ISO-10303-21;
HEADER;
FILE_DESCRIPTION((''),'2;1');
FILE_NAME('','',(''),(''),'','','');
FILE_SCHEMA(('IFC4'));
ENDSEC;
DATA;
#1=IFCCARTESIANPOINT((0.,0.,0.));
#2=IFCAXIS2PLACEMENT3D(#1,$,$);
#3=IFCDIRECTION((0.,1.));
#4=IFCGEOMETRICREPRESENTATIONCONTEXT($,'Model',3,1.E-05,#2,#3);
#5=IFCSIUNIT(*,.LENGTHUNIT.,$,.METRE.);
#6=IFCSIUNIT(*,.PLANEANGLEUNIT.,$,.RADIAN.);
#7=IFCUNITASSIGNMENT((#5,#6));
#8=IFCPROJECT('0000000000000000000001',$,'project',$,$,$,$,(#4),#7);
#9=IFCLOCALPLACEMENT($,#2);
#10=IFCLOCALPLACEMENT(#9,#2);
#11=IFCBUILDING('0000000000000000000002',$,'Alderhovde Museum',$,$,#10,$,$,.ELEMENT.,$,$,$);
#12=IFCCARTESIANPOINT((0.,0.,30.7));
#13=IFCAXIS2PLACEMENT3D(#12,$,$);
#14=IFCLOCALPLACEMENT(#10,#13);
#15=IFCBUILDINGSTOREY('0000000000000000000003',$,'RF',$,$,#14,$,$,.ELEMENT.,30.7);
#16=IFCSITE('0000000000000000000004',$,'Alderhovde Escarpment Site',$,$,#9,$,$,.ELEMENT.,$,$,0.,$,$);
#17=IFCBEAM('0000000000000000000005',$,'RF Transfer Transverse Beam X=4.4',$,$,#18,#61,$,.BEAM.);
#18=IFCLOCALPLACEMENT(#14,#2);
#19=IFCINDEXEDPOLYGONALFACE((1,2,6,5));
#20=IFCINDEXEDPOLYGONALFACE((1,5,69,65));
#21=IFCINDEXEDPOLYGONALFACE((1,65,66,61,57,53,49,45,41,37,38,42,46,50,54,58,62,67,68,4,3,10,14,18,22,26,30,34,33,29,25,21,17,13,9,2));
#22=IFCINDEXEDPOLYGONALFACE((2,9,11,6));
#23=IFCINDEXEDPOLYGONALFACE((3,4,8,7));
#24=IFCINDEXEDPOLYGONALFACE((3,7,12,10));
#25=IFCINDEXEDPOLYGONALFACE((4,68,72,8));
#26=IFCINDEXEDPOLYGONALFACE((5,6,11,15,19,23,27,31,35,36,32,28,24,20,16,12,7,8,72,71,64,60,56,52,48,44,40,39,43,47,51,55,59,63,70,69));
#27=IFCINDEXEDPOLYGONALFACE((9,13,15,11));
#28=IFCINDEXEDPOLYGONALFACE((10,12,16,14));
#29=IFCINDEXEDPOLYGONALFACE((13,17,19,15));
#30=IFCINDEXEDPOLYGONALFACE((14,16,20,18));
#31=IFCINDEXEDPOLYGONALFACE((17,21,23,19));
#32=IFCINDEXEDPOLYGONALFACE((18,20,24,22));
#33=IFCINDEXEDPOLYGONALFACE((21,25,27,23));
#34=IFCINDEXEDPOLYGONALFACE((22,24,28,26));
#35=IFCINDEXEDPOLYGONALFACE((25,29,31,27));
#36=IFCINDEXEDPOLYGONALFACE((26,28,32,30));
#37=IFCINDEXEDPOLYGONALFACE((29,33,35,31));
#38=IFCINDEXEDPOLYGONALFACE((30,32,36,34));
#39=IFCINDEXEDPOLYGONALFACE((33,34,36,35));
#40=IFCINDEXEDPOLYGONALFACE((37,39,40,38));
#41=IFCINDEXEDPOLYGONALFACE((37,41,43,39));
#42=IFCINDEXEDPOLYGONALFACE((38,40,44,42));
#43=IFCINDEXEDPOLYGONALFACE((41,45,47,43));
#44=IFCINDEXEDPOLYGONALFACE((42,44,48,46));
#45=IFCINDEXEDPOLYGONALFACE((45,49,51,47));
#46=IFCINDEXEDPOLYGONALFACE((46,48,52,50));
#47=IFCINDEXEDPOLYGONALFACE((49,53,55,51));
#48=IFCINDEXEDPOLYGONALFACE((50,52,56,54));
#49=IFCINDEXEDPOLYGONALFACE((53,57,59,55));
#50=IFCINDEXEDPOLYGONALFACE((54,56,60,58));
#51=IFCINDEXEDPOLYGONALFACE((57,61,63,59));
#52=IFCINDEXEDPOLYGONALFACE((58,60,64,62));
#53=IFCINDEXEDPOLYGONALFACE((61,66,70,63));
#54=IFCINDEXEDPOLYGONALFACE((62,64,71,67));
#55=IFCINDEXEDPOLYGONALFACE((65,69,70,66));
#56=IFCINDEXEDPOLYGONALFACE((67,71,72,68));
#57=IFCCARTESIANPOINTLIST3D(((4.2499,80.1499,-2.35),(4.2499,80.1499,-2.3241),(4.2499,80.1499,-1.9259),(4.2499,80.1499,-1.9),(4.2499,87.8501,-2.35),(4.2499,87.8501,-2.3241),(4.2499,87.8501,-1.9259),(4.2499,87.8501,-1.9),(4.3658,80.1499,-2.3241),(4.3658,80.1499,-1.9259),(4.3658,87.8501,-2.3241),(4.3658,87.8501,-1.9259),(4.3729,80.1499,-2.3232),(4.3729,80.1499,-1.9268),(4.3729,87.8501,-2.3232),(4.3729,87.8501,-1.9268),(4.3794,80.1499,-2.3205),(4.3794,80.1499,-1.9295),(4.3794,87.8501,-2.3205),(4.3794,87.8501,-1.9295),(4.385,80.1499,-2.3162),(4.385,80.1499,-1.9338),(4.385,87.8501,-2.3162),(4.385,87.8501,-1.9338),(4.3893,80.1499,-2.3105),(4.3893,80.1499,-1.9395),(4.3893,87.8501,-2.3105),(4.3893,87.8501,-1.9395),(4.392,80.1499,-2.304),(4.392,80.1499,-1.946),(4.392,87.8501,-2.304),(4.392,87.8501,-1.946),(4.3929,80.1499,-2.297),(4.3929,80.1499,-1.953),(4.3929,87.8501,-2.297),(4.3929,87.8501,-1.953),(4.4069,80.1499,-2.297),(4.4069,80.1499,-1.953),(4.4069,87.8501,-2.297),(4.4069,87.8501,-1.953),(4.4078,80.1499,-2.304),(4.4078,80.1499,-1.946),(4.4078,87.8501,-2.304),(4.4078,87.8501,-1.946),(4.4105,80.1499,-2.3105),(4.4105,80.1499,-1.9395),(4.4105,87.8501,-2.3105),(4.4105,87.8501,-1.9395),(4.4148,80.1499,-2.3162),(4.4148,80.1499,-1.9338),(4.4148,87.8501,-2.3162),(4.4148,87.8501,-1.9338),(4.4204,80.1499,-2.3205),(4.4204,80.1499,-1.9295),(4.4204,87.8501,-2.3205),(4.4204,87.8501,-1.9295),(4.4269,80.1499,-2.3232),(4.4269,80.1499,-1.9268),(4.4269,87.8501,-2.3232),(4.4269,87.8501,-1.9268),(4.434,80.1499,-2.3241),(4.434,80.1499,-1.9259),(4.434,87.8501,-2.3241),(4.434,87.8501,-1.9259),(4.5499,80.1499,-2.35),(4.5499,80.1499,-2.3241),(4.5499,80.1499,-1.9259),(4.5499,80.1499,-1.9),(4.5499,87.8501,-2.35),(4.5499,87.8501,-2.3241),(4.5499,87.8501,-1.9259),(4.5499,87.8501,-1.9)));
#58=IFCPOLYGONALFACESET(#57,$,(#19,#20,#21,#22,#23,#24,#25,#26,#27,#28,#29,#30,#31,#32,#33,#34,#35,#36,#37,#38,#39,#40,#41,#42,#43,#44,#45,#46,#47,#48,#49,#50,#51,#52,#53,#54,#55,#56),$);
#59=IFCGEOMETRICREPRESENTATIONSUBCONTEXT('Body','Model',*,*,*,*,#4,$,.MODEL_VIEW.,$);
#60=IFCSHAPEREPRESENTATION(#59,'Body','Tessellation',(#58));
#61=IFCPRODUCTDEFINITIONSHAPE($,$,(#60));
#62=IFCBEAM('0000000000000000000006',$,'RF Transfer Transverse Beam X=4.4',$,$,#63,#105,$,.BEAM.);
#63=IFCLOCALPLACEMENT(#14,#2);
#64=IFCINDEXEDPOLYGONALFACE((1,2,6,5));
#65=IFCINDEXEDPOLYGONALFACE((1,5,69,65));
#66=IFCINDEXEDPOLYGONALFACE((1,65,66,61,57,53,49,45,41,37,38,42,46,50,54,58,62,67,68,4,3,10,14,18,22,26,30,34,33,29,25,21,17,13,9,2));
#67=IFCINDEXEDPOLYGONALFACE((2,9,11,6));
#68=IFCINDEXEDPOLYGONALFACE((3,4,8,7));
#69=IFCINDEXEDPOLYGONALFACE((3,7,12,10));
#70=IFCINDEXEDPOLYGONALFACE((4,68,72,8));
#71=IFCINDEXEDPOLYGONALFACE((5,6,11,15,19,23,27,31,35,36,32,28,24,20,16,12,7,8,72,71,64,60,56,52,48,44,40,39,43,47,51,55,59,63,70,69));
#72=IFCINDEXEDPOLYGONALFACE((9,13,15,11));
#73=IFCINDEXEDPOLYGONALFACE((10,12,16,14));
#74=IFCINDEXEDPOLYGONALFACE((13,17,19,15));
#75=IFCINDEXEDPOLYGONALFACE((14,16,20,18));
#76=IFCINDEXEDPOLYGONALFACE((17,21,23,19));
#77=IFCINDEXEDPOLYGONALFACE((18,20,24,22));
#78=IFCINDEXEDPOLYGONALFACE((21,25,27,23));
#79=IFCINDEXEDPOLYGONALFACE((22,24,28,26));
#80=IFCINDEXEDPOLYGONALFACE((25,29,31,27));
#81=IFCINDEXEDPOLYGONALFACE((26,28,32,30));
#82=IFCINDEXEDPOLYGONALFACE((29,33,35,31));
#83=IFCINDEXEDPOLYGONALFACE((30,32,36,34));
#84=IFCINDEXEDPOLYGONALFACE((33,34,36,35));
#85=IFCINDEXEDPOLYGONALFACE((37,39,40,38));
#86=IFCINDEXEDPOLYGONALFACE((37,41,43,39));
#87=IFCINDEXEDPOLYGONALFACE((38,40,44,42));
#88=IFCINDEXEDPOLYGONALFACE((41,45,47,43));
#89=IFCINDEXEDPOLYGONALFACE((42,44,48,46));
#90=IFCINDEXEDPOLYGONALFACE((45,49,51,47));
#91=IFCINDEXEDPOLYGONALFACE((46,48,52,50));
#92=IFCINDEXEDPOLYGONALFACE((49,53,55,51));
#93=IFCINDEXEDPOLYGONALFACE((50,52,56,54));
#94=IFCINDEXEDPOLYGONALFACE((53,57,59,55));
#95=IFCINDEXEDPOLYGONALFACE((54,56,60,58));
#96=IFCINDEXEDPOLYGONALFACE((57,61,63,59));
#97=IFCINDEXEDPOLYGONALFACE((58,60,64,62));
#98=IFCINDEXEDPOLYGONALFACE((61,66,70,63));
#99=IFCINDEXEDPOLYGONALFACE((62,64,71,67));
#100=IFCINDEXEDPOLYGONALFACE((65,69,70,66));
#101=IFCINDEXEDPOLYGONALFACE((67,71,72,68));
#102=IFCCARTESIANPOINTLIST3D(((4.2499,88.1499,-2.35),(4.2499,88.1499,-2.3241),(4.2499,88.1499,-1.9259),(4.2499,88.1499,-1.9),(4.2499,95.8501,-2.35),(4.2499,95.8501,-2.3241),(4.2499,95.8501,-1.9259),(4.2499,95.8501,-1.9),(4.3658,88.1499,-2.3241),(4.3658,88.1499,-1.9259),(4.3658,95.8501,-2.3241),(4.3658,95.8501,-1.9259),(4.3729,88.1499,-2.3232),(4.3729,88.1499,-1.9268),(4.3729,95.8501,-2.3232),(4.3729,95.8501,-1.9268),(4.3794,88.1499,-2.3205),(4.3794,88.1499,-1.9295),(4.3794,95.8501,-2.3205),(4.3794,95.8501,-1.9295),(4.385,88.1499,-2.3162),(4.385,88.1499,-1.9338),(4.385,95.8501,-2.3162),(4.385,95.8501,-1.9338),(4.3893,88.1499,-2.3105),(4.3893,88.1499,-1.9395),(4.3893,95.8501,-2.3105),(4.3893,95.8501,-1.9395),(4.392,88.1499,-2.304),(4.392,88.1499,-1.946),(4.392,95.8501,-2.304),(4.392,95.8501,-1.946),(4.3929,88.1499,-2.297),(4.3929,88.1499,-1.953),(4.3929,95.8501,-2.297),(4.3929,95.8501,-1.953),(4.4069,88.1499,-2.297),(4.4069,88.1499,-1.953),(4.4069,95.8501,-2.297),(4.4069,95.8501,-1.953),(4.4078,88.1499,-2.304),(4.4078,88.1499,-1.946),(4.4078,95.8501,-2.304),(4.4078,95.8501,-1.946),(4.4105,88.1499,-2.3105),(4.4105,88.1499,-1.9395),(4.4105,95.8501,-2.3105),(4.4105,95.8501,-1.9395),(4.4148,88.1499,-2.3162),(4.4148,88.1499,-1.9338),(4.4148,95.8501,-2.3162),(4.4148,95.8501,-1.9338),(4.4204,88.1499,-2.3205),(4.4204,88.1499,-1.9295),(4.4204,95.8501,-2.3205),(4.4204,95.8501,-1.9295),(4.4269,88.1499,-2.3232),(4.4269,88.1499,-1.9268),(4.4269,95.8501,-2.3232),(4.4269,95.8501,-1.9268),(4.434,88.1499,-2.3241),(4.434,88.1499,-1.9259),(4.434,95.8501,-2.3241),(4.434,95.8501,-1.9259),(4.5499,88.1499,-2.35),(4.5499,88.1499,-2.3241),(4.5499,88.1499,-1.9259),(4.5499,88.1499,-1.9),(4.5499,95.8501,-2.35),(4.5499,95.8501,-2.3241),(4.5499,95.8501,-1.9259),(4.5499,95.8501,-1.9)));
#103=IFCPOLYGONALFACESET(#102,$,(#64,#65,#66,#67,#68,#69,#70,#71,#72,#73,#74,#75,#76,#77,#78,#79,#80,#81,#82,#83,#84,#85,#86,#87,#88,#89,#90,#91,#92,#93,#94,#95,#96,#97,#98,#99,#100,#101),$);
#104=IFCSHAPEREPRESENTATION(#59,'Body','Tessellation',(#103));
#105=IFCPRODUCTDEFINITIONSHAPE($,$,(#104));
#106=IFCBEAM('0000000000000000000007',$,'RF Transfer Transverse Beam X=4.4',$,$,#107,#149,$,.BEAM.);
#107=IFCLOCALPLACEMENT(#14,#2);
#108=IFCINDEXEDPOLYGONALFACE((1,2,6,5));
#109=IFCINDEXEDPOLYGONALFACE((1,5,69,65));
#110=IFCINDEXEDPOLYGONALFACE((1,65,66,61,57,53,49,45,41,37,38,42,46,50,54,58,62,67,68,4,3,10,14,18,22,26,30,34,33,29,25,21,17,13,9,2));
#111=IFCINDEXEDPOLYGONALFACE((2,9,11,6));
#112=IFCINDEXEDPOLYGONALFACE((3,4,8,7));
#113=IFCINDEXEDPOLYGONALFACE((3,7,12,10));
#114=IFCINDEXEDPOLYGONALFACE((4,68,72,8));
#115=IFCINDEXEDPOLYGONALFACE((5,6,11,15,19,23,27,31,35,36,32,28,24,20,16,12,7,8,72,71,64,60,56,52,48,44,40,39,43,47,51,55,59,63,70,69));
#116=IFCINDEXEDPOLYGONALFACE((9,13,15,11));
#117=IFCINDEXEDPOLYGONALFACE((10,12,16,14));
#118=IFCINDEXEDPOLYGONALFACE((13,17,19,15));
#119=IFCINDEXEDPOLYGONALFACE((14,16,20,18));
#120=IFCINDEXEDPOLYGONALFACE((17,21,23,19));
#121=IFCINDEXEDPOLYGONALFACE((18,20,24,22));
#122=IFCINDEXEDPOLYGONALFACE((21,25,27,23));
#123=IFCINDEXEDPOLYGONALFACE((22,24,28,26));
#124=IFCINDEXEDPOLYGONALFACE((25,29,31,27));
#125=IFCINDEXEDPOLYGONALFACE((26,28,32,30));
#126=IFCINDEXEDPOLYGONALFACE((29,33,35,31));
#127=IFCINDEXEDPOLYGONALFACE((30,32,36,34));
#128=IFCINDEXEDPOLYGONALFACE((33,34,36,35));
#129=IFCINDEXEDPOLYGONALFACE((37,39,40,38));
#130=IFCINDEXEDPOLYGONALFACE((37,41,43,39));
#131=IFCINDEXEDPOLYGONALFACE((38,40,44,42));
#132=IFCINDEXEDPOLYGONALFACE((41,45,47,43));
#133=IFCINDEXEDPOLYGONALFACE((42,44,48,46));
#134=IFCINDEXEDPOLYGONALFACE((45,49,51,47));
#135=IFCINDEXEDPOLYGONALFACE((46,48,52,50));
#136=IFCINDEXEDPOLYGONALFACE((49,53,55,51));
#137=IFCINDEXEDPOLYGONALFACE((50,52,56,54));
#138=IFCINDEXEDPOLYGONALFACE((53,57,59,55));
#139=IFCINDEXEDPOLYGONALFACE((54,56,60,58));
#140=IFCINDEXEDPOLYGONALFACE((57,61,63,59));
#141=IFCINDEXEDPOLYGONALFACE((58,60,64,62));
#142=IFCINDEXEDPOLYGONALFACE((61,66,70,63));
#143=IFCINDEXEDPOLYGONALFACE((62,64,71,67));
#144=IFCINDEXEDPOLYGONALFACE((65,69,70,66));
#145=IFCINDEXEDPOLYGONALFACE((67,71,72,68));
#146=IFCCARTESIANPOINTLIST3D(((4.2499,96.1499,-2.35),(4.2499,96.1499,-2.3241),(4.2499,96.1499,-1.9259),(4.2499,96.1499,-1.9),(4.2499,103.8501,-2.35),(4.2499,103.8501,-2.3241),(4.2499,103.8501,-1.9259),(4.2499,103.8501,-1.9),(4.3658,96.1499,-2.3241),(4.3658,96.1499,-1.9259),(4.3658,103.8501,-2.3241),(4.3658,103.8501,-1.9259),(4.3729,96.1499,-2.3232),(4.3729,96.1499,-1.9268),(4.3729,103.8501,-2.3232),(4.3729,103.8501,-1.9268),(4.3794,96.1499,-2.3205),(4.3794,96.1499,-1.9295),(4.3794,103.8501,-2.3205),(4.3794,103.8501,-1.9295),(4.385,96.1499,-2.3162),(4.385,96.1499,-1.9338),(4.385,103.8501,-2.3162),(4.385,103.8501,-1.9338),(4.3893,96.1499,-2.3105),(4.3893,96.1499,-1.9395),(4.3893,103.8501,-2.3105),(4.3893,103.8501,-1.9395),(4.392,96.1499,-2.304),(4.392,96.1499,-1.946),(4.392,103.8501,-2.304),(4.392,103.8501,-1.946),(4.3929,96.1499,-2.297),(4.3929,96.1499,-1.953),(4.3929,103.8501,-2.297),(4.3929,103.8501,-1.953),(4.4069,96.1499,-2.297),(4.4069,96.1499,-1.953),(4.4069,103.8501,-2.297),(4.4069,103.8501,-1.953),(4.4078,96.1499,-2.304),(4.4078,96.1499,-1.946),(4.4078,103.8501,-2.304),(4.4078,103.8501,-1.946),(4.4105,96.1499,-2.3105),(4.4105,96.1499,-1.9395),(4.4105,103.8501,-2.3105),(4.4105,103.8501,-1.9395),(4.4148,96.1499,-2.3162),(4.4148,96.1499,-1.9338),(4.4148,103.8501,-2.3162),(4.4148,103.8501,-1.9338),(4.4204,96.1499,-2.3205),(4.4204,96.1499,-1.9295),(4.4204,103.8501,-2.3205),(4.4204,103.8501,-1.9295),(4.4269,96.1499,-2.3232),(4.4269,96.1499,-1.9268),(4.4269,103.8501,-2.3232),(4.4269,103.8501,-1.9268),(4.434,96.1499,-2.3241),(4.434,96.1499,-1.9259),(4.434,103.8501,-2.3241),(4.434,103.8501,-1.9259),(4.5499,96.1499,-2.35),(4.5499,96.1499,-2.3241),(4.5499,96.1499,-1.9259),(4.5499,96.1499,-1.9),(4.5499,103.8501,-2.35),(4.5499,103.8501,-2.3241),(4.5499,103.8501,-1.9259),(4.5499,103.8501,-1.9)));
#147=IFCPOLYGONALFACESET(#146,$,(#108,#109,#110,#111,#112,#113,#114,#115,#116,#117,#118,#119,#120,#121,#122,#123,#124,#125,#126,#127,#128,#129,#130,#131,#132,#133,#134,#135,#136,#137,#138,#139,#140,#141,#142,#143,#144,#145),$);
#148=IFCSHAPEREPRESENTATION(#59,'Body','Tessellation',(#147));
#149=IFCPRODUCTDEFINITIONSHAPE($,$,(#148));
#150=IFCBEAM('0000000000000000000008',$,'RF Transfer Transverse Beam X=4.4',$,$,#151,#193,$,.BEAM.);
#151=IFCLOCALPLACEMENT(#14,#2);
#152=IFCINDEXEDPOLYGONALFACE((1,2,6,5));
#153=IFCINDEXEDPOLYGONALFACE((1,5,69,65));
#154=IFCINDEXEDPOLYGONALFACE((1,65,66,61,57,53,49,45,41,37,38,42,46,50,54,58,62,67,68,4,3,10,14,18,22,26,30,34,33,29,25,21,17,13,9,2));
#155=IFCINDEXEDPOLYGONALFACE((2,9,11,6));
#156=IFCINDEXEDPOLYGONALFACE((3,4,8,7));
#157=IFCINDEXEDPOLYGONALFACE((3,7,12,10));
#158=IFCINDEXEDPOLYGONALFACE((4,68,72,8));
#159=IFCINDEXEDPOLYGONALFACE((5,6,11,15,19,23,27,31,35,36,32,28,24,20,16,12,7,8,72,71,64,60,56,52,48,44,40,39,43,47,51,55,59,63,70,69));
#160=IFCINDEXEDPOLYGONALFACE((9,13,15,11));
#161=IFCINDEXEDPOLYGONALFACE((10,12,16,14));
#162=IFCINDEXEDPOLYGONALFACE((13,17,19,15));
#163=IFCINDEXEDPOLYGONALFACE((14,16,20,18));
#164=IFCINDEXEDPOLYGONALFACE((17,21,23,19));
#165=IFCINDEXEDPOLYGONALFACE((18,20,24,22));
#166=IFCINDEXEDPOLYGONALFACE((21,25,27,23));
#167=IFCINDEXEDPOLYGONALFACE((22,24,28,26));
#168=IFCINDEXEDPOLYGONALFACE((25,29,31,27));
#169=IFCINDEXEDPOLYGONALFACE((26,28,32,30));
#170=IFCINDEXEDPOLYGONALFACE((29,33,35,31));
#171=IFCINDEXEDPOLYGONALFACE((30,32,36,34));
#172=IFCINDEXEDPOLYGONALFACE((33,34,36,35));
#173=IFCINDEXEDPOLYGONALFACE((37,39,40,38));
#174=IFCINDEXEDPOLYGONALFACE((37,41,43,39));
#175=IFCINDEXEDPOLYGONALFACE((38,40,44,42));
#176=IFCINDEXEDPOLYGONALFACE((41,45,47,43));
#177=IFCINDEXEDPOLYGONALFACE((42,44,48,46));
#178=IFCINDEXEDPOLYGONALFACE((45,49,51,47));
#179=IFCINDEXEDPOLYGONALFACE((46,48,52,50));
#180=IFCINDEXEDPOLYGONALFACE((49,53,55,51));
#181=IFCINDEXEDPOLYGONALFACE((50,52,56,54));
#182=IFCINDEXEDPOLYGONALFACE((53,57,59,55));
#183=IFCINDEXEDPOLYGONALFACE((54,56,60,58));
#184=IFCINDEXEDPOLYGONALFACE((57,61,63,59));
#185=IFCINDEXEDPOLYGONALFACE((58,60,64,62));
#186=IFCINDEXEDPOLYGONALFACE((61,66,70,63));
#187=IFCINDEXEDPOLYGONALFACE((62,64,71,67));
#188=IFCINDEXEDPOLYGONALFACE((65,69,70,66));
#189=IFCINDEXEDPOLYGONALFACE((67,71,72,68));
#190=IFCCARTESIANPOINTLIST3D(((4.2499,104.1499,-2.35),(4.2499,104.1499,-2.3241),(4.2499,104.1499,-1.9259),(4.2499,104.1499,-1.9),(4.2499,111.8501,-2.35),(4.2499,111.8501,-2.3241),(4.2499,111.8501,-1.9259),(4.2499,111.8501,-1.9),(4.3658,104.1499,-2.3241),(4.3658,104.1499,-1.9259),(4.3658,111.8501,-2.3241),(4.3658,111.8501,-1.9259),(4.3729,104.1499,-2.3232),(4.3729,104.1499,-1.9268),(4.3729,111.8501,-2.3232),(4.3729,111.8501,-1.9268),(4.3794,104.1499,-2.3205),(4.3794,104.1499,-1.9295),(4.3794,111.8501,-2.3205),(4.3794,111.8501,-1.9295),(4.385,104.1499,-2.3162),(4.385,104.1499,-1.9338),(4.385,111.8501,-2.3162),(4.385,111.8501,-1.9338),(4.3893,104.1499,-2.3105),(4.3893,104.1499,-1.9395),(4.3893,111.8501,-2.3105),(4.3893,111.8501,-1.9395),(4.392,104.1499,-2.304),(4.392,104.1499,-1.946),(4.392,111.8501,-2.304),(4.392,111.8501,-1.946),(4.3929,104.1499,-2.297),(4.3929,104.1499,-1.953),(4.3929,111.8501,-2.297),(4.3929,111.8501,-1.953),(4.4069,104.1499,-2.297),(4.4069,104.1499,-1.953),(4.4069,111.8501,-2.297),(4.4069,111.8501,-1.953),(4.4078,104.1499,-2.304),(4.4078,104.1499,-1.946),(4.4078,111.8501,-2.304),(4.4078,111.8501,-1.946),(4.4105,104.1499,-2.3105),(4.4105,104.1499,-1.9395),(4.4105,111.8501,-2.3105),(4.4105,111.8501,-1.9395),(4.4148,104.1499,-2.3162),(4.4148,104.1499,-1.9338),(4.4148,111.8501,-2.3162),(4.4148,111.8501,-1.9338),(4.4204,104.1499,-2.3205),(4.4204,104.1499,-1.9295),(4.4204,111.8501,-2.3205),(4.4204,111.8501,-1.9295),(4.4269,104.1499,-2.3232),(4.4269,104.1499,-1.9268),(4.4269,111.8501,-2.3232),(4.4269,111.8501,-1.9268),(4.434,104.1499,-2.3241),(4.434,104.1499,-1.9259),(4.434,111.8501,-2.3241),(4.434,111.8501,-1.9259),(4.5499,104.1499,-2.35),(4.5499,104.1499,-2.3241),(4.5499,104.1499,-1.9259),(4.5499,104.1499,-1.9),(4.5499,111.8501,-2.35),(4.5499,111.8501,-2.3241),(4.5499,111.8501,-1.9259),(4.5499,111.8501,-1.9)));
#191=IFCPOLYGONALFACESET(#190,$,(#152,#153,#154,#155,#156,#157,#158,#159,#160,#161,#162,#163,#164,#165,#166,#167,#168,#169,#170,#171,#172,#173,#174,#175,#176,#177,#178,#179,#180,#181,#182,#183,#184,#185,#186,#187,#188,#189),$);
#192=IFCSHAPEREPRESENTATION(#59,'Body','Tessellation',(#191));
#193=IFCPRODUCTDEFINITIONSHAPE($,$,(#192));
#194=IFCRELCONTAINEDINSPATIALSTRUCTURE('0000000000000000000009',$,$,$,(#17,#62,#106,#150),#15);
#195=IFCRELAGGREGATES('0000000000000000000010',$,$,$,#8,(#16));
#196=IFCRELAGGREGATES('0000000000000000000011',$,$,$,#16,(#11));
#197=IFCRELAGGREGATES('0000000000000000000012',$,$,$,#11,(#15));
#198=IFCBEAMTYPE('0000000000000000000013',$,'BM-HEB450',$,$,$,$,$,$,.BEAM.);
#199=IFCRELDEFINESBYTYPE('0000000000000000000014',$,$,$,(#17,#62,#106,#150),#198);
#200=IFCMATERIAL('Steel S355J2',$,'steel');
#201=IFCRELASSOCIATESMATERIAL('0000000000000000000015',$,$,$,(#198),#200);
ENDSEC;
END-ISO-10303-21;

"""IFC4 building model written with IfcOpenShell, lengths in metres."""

from ifc_helpers import new_model, si_unit, direction, frame, origin, origin_2d, place, context, subcontext, project, spatial, i_section, extrude, material, material_profile, profile_set, type_object, element, save


model = new_model("IFC4")

# Units and contexts
model_context = context("Model", 3, precision=1e-05, world=origin(), true_north=direction((0.0, 1.0)))
body_context = subcontext(model_context, "Body", "Model", "MODEL_VIEW")
ifc_project = project(units=[si_unit("LENGTHUNIT", "METRE"), si_unit("PLANEANGLEUNIT", "RADIAN")], contexts=[model_context])

# Site, building, storey
site_placement = place(None, origin())
site = spatial("IfcSite", under=ifc_project, at=site_placement, Name="Alderhovde Escarpment Site", CompositionType="ELEMENT", RefElevation=0.0)
building_placement = place(site_placement, origin())
building = spatial("IfcBuilding", under=site, at=building_placement, Name="Alderhovde Museum", CompositionType="ELEMENT")
storey_placement = place(building_placement, frame((0.0, 0.0, 30.7)))
storey = spatial("IfcBuildingStorey", under=building, at=storey_placement, Name="RF", CompositionType="ELEMENT", Elevation=30.7)

# Beams
ifc_material_1 = material(Name="Steel S355J2", Category="steel")
ifc_material_profile = material_profile(ifc_material_1, i_section(OverallWidth=0.3, OverallDepth=0.45, WebThickness=0.0139, FlangeThickness=0.0259, FilletRadius=0.0271, at=origin_2d()), Name="HEB 450")
ifc_profile_set = profile_set([ifc_material_profile], Name="Steel S355J2")
beam_type = type_object("IfcBeamType", Name="BM-HEB450", PredefinedType="BEAM", material=ifc_profile_set)
for number, where, z_axis, x_axis, name in (
    (1, (4.3999, 80.1499, -2.125), (0.0, 1.0, 0.0), (-1.0, 0.0, 0.0), "RF Transfer Transverse Beam X=4.4"),
    (2, (4.3999, 88.1499, -2.125), (0.0, 1.0, 0.0), (-1.0, 0.0, 0.0), "RF Transfer Transverse Beam X=4.4"),
    (3, (4.3999, 96.1499, -2.125), (0.0, 1.0, 0.0), (-1.0, 0.0, 0.0), "RF Transfer Transverse Beam X=4.4"),
    (4, (4.3999, 104.1499, -2.125), (0.0, 1.0, 0.0), (-1.0, 0.0, 0.0), "RF Transfer Transverse Beam X=4.4"),
):
    element("IfcBeam", number, at=place(storey_placement, frame(where, z_axis=z_axis, x_axis=x_axis)), inside=storey, type_object=beam_type, Name=name, PredefinedType="BEAM", context=body_context, shape_type="SweptSolid", body=[
        extrude(i_section(OverallWidth=0.3, OverallDepth=0.45, WebThickness=0.0139, FlangeThickness=0.0259, FilletRadius=0.0271, at=origin_2d()), origin(), (0.0, 0.0, 1.0), 7.7002),
    ])

save(model, "model.ifc")
